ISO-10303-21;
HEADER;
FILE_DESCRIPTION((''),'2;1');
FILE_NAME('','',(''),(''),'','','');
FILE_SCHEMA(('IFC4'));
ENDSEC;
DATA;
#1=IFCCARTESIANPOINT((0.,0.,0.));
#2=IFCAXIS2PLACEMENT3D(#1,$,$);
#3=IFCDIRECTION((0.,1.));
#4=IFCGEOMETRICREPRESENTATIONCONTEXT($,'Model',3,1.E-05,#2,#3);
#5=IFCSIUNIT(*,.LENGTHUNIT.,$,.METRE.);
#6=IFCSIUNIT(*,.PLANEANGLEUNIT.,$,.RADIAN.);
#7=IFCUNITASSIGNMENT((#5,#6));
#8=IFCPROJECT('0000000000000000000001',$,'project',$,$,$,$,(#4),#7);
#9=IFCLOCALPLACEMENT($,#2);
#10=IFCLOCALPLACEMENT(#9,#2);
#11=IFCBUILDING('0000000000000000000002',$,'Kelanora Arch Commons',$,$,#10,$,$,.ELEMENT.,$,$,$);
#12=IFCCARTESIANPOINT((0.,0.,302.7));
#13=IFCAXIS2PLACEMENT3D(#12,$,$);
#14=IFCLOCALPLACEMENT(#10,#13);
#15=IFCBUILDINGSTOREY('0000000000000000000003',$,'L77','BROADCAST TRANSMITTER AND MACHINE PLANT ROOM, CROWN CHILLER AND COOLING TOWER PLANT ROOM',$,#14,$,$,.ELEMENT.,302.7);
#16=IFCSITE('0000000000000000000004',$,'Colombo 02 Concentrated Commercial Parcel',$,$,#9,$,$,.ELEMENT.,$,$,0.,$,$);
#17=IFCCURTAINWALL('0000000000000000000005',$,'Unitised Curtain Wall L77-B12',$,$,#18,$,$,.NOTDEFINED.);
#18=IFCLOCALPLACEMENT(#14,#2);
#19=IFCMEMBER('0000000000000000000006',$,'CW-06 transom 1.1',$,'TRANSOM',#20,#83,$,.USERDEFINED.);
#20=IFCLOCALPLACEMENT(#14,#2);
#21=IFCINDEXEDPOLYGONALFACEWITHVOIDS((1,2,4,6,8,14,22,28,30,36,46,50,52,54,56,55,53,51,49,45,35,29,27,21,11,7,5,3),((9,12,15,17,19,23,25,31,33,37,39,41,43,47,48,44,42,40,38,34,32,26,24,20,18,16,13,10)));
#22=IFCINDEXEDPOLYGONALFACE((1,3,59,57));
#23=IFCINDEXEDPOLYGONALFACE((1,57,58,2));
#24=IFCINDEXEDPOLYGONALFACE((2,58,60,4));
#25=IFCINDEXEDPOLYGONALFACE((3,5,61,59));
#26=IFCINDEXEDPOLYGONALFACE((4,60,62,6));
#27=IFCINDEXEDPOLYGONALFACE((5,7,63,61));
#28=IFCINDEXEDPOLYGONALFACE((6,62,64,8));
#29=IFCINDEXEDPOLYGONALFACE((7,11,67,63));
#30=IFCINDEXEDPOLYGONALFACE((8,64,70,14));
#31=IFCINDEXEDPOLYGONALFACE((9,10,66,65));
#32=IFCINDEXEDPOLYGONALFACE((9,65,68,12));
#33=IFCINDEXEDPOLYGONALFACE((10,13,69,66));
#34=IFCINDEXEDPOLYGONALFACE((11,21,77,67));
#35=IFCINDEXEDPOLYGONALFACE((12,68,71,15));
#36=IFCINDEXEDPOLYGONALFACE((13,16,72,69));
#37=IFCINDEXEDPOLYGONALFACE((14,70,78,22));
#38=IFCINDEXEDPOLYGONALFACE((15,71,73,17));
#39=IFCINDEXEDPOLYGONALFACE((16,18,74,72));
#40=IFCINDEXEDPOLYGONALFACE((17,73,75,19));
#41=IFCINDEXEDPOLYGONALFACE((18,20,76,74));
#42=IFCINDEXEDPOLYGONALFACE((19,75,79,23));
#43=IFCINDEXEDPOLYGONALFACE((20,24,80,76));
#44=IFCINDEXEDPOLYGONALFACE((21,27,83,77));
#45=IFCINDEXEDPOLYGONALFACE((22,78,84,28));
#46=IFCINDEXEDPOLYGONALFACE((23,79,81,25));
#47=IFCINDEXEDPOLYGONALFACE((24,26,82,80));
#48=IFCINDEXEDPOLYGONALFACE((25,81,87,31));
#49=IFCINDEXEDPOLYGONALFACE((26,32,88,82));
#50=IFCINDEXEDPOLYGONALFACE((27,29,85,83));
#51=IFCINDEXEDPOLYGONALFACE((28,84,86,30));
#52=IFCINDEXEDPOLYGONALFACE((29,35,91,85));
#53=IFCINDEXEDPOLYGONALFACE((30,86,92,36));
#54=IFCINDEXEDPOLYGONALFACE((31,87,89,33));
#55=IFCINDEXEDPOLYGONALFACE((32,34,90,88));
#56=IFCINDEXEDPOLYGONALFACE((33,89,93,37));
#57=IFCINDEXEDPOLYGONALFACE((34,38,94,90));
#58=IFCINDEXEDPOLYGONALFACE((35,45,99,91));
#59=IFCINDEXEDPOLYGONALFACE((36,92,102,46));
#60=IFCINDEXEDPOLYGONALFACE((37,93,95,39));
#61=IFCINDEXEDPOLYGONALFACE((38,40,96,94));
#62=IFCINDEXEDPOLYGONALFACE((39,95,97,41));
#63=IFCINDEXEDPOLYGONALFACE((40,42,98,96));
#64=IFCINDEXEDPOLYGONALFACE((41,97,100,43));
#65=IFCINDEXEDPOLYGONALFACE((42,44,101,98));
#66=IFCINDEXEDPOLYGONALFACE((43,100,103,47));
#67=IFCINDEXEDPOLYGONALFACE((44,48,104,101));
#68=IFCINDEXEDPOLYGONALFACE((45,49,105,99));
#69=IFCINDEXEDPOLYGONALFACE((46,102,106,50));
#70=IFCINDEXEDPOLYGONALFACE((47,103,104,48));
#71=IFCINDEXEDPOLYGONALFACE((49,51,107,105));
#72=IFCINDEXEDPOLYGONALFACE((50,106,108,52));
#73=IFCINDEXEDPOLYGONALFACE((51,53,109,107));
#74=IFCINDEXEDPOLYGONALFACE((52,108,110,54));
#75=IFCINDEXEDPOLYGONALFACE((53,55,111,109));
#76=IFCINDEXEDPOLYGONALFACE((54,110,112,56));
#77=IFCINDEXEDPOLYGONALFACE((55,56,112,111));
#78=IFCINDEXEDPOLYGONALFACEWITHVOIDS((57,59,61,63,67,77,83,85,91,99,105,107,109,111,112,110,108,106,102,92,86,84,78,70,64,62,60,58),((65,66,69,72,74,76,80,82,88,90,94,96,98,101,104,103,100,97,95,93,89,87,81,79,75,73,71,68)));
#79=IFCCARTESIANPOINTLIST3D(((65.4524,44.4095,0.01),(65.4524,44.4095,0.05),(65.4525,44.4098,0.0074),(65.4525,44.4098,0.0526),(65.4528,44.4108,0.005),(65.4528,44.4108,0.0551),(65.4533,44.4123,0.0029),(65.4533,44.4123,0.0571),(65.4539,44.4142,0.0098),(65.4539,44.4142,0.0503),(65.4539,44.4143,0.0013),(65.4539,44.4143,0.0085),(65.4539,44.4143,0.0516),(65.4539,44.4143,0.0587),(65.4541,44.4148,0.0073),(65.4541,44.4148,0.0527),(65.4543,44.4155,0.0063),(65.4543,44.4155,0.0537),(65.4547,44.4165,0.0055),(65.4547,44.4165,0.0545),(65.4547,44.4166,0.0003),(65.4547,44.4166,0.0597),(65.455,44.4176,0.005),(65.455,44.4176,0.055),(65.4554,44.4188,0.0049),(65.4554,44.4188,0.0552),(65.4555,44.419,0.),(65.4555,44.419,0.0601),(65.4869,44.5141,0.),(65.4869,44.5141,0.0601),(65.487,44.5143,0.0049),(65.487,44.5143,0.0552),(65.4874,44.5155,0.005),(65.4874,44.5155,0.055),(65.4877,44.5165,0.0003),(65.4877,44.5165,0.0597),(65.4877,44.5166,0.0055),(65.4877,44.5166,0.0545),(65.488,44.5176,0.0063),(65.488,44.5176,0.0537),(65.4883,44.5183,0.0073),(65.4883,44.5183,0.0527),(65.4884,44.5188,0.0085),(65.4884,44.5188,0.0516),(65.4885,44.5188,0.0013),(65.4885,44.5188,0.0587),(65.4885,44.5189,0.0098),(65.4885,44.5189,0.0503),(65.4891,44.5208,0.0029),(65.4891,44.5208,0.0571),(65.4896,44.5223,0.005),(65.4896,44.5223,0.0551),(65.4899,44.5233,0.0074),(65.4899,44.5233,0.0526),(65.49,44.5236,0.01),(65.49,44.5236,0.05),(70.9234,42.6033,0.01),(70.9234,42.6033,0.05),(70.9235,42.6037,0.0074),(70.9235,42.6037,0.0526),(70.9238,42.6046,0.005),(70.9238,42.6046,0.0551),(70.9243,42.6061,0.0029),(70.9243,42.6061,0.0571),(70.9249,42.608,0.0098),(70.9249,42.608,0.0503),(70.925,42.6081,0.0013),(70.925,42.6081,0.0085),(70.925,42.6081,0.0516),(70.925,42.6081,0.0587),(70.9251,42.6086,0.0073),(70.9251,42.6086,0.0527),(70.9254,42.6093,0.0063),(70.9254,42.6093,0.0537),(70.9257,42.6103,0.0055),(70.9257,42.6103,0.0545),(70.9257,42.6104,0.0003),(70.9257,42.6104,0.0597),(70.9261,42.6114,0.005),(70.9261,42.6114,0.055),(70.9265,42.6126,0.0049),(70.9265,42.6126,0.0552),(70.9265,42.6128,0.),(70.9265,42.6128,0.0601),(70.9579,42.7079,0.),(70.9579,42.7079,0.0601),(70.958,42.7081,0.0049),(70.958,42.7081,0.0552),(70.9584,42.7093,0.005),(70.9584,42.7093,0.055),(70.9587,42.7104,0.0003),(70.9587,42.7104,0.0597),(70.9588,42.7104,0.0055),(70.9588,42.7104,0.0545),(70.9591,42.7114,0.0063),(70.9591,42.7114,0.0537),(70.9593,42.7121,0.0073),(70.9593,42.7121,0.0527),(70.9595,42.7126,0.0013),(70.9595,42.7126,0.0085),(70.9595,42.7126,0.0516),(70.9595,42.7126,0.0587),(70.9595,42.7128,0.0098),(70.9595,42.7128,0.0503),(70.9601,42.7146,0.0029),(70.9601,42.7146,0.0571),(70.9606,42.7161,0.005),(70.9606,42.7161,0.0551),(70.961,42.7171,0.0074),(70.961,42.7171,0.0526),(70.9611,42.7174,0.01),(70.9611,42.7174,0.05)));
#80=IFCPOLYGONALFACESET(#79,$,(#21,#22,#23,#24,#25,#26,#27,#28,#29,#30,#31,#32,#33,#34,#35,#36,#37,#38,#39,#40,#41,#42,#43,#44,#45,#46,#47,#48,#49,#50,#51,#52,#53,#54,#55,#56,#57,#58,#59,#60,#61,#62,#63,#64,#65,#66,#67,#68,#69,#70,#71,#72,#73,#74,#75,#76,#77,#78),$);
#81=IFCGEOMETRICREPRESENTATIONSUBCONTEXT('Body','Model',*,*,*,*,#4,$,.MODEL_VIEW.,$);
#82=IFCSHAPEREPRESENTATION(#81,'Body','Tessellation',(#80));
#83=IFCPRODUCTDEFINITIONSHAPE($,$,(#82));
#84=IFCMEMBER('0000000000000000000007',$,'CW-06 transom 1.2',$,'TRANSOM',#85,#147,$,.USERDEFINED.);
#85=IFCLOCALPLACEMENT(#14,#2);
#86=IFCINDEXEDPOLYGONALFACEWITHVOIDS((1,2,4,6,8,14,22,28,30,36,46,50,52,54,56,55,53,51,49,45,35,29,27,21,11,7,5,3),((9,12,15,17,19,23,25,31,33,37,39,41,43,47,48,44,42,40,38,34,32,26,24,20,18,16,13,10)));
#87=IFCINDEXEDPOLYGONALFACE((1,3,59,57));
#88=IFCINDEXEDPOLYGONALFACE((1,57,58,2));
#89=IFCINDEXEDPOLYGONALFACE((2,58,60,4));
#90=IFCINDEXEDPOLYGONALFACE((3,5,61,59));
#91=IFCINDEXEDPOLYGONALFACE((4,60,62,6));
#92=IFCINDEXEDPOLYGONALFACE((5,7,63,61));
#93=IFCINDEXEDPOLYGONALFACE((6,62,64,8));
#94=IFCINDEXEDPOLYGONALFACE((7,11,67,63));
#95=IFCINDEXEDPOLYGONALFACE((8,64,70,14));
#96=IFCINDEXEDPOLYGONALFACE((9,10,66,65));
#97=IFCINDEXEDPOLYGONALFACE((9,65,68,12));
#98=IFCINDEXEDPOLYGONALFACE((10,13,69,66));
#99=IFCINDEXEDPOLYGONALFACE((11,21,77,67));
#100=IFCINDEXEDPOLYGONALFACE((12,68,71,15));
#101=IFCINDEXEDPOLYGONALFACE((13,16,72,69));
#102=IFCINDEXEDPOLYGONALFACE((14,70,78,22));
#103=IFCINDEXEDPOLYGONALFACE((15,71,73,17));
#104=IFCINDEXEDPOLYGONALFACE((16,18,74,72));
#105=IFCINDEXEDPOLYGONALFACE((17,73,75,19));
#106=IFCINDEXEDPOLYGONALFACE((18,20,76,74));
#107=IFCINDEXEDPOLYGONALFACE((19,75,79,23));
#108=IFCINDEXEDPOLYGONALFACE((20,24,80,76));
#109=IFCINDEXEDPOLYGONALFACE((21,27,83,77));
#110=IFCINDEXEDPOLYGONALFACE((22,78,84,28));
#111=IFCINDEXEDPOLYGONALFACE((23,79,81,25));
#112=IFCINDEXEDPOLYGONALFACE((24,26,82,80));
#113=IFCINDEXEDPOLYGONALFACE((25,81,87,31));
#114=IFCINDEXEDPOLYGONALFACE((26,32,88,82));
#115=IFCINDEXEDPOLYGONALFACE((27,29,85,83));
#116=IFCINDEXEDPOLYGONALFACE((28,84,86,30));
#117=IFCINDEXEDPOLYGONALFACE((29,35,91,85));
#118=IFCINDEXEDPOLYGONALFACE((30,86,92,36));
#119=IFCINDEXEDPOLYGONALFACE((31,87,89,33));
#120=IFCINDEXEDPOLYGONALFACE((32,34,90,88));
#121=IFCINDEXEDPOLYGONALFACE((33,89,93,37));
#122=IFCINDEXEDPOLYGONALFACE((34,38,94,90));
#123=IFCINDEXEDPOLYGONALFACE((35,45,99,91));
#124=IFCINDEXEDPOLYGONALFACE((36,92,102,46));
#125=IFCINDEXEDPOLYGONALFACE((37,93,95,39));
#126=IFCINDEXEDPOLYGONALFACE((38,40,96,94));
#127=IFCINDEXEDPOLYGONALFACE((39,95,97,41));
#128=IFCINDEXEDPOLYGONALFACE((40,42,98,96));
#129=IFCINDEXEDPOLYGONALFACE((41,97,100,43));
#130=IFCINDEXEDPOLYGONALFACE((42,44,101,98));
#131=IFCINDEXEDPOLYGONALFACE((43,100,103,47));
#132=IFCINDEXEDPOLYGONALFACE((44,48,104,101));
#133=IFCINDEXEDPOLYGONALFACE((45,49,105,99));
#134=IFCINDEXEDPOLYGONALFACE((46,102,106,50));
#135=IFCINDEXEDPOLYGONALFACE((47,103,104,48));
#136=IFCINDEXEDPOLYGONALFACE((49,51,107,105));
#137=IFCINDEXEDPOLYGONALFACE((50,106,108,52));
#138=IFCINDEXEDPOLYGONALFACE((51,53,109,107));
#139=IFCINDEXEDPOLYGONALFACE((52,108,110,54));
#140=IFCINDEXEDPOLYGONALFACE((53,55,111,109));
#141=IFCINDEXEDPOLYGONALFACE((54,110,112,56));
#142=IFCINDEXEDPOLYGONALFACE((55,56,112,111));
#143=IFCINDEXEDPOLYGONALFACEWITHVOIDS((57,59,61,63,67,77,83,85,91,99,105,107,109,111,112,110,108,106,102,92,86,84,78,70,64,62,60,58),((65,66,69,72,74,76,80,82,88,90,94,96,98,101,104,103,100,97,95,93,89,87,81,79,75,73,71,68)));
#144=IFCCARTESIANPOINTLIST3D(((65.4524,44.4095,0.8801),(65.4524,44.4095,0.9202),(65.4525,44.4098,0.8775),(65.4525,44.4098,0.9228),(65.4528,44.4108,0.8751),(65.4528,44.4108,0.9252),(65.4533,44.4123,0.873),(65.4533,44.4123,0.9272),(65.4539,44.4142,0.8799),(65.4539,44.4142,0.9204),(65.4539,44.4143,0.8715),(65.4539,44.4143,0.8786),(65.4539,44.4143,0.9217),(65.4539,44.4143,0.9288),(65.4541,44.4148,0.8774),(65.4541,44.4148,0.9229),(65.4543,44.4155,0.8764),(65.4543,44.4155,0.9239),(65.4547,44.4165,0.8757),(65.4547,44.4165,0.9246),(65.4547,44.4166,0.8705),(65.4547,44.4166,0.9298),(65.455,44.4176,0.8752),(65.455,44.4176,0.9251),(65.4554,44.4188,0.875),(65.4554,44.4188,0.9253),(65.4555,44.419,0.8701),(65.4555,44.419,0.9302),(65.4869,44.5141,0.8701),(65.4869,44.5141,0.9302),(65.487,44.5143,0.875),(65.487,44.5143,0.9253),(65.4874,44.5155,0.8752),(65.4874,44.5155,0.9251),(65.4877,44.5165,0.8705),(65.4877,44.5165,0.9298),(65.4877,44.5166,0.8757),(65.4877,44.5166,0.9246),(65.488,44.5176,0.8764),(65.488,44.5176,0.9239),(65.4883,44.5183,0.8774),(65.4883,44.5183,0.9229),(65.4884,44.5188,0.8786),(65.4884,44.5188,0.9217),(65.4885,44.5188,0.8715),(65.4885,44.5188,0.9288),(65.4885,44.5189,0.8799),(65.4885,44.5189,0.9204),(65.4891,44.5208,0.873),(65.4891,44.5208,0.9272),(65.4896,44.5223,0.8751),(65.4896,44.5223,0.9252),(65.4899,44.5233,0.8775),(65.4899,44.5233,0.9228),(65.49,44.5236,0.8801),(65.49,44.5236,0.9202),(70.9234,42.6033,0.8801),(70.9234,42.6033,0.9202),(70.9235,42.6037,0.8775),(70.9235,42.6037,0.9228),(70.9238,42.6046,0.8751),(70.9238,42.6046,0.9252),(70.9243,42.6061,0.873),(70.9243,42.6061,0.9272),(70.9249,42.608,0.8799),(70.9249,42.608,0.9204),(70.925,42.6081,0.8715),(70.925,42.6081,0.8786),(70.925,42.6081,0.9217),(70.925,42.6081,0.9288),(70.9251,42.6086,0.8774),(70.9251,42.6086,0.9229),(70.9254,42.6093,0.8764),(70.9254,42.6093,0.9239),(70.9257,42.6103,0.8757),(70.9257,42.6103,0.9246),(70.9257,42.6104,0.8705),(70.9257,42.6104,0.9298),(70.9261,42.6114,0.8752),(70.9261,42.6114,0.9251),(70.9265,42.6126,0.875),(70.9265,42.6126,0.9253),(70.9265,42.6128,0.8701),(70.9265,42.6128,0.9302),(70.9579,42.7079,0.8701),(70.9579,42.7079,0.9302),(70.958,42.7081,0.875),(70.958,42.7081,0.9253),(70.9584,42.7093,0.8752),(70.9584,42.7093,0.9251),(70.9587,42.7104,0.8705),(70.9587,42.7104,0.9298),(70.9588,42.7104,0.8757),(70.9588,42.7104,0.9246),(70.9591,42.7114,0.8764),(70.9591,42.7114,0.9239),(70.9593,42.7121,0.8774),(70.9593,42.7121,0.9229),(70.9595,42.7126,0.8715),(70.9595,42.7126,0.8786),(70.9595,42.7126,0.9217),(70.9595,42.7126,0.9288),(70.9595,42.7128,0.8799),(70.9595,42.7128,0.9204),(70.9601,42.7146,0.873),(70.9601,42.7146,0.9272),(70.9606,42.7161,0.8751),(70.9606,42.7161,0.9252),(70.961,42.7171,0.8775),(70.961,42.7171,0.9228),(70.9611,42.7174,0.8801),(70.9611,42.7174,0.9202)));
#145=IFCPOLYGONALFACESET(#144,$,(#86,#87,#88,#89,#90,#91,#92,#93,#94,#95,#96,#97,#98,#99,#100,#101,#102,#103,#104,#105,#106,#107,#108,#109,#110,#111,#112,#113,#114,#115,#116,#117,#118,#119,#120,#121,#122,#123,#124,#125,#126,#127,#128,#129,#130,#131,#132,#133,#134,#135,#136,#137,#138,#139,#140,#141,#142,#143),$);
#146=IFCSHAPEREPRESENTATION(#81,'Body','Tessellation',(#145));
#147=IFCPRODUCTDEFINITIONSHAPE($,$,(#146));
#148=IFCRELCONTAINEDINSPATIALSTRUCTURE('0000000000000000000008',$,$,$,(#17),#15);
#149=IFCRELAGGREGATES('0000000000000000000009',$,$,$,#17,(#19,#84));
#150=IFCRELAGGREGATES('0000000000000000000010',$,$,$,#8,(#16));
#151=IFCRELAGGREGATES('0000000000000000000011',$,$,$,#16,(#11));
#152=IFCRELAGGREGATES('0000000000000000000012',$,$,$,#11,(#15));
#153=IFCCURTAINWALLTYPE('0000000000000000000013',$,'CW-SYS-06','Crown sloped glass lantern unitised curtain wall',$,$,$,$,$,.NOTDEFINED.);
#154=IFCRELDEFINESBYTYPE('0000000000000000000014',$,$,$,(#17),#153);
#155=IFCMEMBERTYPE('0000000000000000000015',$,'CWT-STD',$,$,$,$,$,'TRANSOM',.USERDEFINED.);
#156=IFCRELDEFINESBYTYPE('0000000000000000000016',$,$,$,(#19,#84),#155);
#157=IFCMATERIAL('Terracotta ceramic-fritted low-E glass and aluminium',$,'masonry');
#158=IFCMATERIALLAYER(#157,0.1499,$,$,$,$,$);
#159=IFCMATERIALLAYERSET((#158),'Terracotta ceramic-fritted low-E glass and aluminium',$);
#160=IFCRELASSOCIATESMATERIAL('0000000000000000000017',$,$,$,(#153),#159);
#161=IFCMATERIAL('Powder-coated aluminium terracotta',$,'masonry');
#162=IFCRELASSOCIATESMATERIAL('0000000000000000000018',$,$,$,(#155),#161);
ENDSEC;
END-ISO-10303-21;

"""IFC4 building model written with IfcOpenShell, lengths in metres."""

from ifc_helpers import new_model, si_unit, direction, frame, origin, origin_2d, place, context, subcontext, project, spatial, hollow_rectangle, extrude, material, layer, layer_set, material_profile, profile_set, type_object, element, aggregate, save


model = new_model("IFC4")

# Units and contexts
model_context = context("Model", 3, precision=1e-05, world=origin(), true_north=direction((0.0, 1.0)))
body_context = subcontext(model_context, "Body", "Model", "MODEL_VIEW")
ifc_project = project(units=[si_unit("LENGTHUNIT", "METRE"), si_unit("PLANEANGLEUNIT", "RADIAN")], contexts=[model_context])

# Site, building, storey
site_placement = place(None, origin())
site = spatial("IfcSite", under=ifc_project, at=site_placement, Name="Colombo 02 Concentrated Commercial Parcel", CompositionType="ELEMENT", RefElevation=0.0)
building_placement = place(site_placement, origin())
building = spatial("IfcBuilding", under=site, at=building_placement, Name="Kelanora Arch Commons", CompositionType="ELEMENT")
storey_placement = place(building_placement, frame((0.0, 0.0, 302.7)))
storey = spatial("IfcBuildingStorey", under=building, at=storey_placement, Name="L77", Description="BROADCAST TRANSMITTER AND MACHINE PLANT ROOM, CROWN CHILLER AND COOLING TOWER PLANT ROOM", CompositionType="ELEMENT", Elevation=302.7)

# Curtain wall
ifc_material_1 = material(Name="Terracotta ceramic-fritted low-E glass and aluminium", Category="masonry")
ifc_layer_1 = layer(ifc_material_1, 0.1499)
ifc_layer_set_1 = layer_set([ifc_layer_1], Name="Terracotta ceramic-fritted low-E glass and aluminium")
curtain_wall_type = type_object("IfcCurtainWallType", Name="CW-SYS-06", Description="Crown sloped glass lantern unitised curtain wall", PredefinedType="NOTDEFINED", material=ifc_layer_set_1)
curtain_wall_1_placement = place(storey_placement, origin())
curtain_wall_1 = element("IfcCurtainWall", 1, at=curtain_wall_1_placement, inside=storey, type_object=curtain_wall_type, Name="Unitised Curtain Wall L77-B12", PredefinedType="NOTDEFINED")
ifc_material_2 = material(Name="Powder-coated aluminium terracotta", Category="masonry")

# Members
ifc_material_profile_1 = material_profile(ifc_material_2, hollow_rectangle(XDim=0.1201, YDim=0.0601, WallThickness=0.0049, InnerFilletRadius=0.0049, OuterFilletRadius=0.01, at=origin_2d()), Name="CWT120x60")
ifc_profile_set_1 = profile_set([ifc_material_profile_1], Name="Powder-coated aluminium terracotta")
member_type_1 = type_object("IfcMemberType", Name="CWT-STD", ElementType="TRANSOM", PredefinedType="USERDEFINED", material=ifc_profile_set_1)
member_1_placement = place(storey_placement, frame((65.4712, 44.4666, 0.03), z_axis=(0.94959, -0.313493, 0.0), x_axis=(0.313493, 0.94959, 0.0)))
member_1 = element("IfcMember", 2, at=member_1_placement, type_object=member_type_1, Name="CW-06 transom 1.1", ObjectType="TRANSOM", PredefinedType="USERDEFINED", context=body_context, shape_type="SweptSolid", body=[
    extrude(hollow_rectangle(XDim=0.1201, YDim=0.0601, WallThickness=0.0049, InnerFilletRadius=0.0049, OuterFilletRadius=0.01, at=origin_2d()), origin(), (0.0, 0.0, 1.0), 5.7615),
])
member_2_placement = place(storey_placement, frame((65.4712, 44.4666, 0.9001), z_axis=(0.94959, -0.313493, 0.0), x_axis=(0.313493, 0.94959, 0.0)))
member_2 = element("IfcMember", 3, at=member_2_placement, type_object=member_type_1, Name="CW-06 transom 1.2", ObjectType="TRANSOM", PredefinedType="USERDEFINED", context=body_context, shape_type="SweptSolid", body=[
    extrude(hollow_rectangle(XDim=0.1201, YDim=0.0601, WallThickness=0.0049, InnerFilletRadius=0.0049, OuterFilletRadius=0.01, at=origin_2d()), origin(), (0.0, 0.0, 1.0), 5.7615),
])

aggregate(curtain_wall_1, [member_1, member_2])

save(model, "model.ifc")
